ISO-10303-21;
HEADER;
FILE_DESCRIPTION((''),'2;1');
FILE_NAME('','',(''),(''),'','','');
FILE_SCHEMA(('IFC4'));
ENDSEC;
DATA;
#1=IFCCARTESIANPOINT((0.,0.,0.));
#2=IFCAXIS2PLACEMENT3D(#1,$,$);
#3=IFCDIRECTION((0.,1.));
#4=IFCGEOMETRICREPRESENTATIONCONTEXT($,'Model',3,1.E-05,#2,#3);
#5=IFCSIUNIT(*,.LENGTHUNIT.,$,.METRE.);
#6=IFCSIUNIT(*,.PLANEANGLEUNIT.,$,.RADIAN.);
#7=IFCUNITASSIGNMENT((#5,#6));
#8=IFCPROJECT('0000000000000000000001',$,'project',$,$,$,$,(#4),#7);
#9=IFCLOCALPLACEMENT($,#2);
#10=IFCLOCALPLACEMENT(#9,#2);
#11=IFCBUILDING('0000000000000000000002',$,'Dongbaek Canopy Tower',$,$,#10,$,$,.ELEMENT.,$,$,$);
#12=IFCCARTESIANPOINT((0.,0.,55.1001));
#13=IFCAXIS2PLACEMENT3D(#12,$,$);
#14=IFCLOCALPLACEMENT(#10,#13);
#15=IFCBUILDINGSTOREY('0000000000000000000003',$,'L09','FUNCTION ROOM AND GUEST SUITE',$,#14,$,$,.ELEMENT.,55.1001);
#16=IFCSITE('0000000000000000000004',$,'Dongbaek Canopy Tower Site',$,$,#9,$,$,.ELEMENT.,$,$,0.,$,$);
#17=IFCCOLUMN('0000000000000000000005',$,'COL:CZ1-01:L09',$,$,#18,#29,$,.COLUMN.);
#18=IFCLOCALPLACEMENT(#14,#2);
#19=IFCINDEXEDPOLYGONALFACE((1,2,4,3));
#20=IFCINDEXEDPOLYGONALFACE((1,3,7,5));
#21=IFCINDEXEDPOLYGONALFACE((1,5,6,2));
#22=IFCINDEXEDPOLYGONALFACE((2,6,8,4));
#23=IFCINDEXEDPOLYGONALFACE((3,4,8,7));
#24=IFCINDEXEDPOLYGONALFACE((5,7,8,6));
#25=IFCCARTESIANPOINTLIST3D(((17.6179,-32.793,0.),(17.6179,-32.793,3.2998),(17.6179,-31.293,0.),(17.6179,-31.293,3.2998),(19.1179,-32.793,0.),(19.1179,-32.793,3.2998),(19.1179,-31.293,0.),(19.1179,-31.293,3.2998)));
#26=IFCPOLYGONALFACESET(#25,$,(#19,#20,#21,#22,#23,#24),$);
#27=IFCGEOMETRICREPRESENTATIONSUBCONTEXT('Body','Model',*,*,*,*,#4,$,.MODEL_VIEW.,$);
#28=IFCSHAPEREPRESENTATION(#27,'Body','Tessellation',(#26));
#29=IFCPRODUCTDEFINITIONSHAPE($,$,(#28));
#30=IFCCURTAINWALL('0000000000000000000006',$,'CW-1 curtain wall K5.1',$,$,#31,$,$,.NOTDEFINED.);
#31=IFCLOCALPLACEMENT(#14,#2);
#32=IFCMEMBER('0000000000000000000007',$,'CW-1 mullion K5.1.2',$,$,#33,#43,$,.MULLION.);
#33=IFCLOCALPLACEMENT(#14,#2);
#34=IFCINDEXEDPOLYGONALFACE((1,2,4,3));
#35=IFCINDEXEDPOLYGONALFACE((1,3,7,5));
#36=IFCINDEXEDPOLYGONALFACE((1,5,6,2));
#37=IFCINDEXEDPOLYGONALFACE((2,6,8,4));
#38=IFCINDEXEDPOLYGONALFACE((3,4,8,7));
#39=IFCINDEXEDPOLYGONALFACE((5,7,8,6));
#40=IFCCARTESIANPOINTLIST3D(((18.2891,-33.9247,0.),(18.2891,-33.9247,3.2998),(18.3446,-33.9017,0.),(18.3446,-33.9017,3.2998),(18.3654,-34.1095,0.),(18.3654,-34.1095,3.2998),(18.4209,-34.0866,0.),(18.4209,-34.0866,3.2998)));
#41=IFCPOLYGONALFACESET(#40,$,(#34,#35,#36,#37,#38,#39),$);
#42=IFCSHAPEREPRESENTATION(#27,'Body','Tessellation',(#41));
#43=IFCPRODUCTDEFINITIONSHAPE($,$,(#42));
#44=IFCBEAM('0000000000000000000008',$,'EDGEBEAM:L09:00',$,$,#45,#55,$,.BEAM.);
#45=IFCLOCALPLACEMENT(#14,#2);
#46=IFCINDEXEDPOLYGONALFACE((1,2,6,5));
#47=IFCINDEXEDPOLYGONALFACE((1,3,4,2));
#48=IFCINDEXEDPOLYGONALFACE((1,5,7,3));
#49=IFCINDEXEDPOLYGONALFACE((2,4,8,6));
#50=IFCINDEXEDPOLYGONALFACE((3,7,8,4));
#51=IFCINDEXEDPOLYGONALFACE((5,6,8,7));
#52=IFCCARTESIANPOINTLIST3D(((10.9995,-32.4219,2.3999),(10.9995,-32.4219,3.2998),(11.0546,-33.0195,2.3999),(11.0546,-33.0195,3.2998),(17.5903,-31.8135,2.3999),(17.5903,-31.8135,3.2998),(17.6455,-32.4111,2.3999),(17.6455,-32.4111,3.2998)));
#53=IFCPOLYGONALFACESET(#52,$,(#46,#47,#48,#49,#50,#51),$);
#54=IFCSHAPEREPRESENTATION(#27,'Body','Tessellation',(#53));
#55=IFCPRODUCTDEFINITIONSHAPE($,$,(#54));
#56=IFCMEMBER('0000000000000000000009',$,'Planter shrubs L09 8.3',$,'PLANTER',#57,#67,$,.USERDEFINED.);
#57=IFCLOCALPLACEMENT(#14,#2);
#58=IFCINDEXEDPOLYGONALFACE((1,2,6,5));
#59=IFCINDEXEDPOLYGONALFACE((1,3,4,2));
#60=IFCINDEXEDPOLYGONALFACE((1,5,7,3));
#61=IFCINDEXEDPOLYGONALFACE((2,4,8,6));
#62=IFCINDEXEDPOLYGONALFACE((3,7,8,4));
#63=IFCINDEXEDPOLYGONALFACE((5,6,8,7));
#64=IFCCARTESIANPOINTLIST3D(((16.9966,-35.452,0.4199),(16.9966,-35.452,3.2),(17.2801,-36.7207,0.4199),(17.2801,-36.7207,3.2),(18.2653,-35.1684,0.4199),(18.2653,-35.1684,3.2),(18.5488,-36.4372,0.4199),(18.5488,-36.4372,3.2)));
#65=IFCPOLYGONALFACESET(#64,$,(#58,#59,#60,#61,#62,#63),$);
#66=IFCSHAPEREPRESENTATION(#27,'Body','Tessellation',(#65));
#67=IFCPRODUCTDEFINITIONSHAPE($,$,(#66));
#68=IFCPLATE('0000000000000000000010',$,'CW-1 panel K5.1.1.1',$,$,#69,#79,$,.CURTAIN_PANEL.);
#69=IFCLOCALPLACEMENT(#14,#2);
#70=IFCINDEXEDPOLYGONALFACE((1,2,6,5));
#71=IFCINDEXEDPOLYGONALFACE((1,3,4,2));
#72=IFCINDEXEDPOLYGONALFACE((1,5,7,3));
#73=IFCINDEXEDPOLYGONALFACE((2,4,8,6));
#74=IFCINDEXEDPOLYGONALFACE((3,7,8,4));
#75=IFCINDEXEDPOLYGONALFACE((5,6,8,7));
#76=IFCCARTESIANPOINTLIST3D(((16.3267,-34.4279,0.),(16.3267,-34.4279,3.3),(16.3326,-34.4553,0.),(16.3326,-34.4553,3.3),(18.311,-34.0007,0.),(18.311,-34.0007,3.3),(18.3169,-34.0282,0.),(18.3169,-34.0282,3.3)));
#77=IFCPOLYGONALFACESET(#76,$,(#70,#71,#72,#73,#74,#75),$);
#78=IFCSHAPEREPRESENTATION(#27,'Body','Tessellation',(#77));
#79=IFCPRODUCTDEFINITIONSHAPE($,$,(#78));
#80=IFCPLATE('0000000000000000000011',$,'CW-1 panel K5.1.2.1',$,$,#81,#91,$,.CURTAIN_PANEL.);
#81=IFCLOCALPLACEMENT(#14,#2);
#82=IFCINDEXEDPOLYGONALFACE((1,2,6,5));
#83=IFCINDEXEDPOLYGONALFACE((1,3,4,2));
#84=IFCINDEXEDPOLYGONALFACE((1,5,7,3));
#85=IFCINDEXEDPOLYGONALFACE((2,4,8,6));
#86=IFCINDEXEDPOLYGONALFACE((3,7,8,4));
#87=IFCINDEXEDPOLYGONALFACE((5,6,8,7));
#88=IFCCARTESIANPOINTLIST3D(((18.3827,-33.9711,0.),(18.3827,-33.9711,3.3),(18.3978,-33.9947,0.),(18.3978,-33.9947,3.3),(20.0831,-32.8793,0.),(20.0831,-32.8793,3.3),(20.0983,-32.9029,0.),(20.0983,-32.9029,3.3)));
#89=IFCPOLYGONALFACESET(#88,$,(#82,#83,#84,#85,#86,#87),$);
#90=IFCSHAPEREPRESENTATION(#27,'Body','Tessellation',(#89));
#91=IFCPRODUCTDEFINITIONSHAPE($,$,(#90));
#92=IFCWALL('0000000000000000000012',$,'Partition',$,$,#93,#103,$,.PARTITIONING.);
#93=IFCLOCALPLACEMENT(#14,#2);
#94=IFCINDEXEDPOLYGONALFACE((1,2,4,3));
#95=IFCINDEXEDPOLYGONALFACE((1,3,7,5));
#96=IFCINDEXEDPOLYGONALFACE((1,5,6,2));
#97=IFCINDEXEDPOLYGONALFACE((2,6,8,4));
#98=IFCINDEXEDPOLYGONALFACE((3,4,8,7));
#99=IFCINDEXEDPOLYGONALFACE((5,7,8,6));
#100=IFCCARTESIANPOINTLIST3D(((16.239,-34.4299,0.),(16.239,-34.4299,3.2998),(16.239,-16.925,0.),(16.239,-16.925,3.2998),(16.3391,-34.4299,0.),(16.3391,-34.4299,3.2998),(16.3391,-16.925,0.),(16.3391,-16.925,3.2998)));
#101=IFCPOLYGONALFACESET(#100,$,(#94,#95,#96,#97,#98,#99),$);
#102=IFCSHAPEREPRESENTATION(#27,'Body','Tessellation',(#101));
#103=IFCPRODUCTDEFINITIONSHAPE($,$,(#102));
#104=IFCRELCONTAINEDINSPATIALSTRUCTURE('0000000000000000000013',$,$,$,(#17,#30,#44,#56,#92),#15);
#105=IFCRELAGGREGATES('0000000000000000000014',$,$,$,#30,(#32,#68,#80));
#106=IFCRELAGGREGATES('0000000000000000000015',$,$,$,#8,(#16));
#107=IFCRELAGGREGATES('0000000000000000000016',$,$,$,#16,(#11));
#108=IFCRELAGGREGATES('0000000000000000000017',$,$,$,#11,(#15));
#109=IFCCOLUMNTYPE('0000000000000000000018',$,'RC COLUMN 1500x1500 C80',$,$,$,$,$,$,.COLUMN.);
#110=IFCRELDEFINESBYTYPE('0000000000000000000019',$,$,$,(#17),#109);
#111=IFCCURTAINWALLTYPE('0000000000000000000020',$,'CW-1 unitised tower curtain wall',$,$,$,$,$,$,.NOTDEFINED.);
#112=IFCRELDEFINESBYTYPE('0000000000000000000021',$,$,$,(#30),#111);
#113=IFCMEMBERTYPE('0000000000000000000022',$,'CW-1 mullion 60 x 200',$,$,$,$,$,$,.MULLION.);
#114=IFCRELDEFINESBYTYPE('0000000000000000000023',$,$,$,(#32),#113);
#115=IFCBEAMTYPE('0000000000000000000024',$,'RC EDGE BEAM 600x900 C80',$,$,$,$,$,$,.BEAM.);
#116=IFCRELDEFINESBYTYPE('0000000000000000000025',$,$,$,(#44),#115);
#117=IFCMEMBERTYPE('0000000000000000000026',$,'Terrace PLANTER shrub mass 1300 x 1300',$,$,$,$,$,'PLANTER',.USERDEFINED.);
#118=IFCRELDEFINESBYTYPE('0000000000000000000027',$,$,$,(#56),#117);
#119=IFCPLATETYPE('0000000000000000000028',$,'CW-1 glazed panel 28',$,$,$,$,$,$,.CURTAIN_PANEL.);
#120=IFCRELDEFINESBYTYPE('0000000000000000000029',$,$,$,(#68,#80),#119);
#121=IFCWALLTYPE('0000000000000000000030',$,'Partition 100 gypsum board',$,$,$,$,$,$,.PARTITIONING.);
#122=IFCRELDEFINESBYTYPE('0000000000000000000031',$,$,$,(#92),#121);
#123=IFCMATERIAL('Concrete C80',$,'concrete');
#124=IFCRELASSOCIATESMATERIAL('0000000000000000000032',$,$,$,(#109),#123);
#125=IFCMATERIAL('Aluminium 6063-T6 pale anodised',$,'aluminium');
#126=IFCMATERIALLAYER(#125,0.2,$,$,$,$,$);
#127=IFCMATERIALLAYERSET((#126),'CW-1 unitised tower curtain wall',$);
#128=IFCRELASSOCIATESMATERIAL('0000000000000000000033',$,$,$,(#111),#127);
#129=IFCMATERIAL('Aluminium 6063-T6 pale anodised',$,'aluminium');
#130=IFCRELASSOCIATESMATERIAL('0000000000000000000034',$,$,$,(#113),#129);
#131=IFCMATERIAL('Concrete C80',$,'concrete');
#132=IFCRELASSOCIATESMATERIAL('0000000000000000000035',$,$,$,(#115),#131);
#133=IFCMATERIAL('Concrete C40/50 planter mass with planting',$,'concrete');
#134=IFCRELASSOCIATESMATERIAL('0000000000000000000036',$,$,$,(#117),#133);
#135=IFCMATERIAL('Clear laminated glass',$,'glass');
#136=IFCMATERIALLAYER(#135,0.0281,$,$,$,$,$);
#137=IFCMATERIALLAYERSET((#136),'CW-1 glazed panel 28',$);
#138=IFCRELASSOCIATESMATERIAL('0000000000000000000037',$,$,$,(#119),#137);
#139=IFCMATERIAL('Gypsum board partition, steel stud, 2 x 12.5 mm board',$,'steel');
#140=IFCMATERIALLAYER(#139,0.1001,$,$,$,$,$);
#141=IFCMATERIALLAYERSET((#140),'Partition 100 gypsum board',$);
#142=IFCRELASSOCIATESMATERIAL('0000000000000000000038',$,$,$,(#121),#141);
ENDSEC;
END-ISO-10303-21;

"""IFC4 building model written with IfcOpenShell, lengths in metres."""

from ifc_helpers import new_model, si_unit, direction, frame, frame_2d, origin, origin_2d, place, context, subcontext, project, spatial, rectangle, extrude, material, layer, layer_set, material_profile, profile_set, type_object, element, aggregate, save


model = new_model("IFC4")

# Units and contexts
model_context = context("Model", 3, precision=1e-05, world=origin(), true_north=direction((0.0, 1.0)))
body_context = subcontext(model_context, "Body", "Model", "MODEL_VIEW")
ifc_project = project(units=[si_unit("LENGTHUNIT", "METRE"), si_unit("PLANEANGLEUNIT", "RADIAN")], contexts=[model_context])

# Site, building, storey
site_placement = place(None, origin())
site = spatial("IfcSite", under=ifc_project, at=site_placement, Name="Dongbaek Canopy Tower Site", CompositionType="ELEMENT", RefElevation=0.0)
building_placement = place(site_placement, origin())
building = spatial("IfcBuilding", under=site, at=building_placement, Name="Dongbaek Canopy Tower", CompositionType="ELEMENT")
storey_placement = place(building_placement, frame((0.0, 0.0, 55.1001)))
storey = spatial("IfcBuildingStorey", under=building, at=storey_placement, Name="L09", Description="FUNCTION ROOM AND GUEST SUITE", CompositionType="ELEMENT", Elevation=55.1001)

# Column
ifc_material_1 = material(Name="Concrete C80", Category="concrete")
ifc_material_profile_1 = material_profile(ifc_material_1, rectangle(XDim=1.5, YDim=1.5, at=origin_2d()), Name="RC COLUMN 1500x1500 C80")
ifc_profile_set_1 = profile_set([ifc_material_profile_1], Name="Concrete C80")
column_type = type_object("IfcColumnType", Name="RC COLUMN 1500x1500 C80", PredefinedType="COLUMN", material=ifc_profile_set_1)
column_placement = place(storey_placement, frame((18.3679, -32.043, 0.0), z_axis=(0.0, 0.0, 1.0), x_axis=(1.0, 0.0, 0.0)))
element("IfcColumn", 1, at=column_placement, inside=storey, type_object=column_type, Name="COL:CZ1-01:L09", PredefinedType="COLUMN", context=body_context, shape_type="SweptSolid", body=[
    extrude(rectangle(XDim=1.5, YDim=1.5, at=origin_2d()), origin(), (0.0, 0.0, 1.0), 3.2998),
])

# Curtain wall, member
ifc_material_2 = material(Name="Aluminium 6063-T6 pale anodised", Category="aluminium")
ifc_layer_1 = layer(ifc_material_2, 0.2)
ifc_layer_set_1 = layer_set([ifc_layer_1], Name="CW-1 unitised tower curtain wall")
curtain_wall_type = type_object("IfcCurtainWallType", Name="CW-1 unitised tower curtain wall", PredefinedType="NOTDEFINED", material=ifc_layer_set_1)
curtain_wall_placement = place(storey_placement, origin())
curtain_wall = element("IfcCurtainWall", 2, at=curtain_wall_placement, inside=storey, type_object=curtain_wall_type, Name="CW-1 curtain wall K5.1", PredefinedType="NOTDEFINED")
ifc_material_3 = material(Name="Aluminium 6063-T6 pale anodised", Category="aluminium")
ifc_material_profile_2 = material_profile(ifc_material_3, rectangle(XDim=0.2, YDim=0.0601, at=origin_2d()), Name="CW-1 mullion 60 x 200")
ifc_profile_set_2 = profile_set([ifc_material_profile_2], Name="Aluminium 6063-T6 pale anodised")
member_type_1 = type_object("IfcMemberType", Name="CW-1 mullion 60 x 200", PredefinedType="MULLION", material=ifc_profile_set_2)
member_1_placement = place(storey_placement, frame((18.355, -34.0056, 0.0), z_axis=(0.0, 0.0, 1.0), x_axis=(0.381473, -0.92438, 0.0)))
member_1 = element("IfcMember", 3, at=member_1_placement, type_object=member_type_1, Name="CW-1 mullion K5.1.2", PredefinedType="MULLION", context=body_context, shape_type="SweptSolid", body=[
    extrude(rectangle(XDim=0.2, YDim=0.0601, at=origin_2d()), origin(), (0.0, 0.0, 1.0), 3.2998),
])

# Beam
ifc_material_4 = material(Name="Concrete C80", Category="concrete")
ifc_material_profile_3 = material_profile(ifc_material_4, rectangle(XDim=0.6001, YDim=0.8999, at=origin_2d()), Name="RC EDGE BEAM 600x900 C80")
ifc_profile_set_3 = profile_set([ifc_material_profile_3], Name="Concrete C80")
beam_type = type_object("IfcBeamType", Name="RC EDGE BEAM 600x900 C80", PredefinedType="BEAM", material=ifc_profile_set_3)
beam_placement = place(storey_placement, frame((17.6179, -32.1123, 2.8499), z_axis=(-0.995766, -0.091919, 0.0), x_axis=(0.091919, -0.995766, 0.0)))
element("IfcBeam", 4, at=beam_placement, inside=storey, type_object=beam_type, Name="EDGEBEAM:L09:00", PredefinedType="BEAM", context=body_context, shape_type="SweptSolid", body=[
    extrude(rectangle(XDim=0.6001, YDim=0.8999, at=origin_2d()), origin(), (0.0, 0.0, 1.0), 6.6189),
])

# Member
ifc_material_5 = material(Name="Concrete C40/50 planter mass with planting", Category="concrete")
ifc_material_profile_4 = material_profile(ifc_material_5, rectangle(XDim=1.3, YDim=1.3, at=origin_2d()), Name="Terrace PLANTER shrub mass 1300 x 1300")
ifc_profile_set_4 = profile_set([ifc_material_profile_4], Name="Concrete C40/50 planter mass with planting")
member_type_2 = type_object("IfcMemberType", Name="Terrace PLANTER shrub mass 1300 x 1300", ElementType="PLANTER", PredefinedType="USERDEFINED", material=ifc_profile_set_4)
member_2_placement = place(storey_placement, frame((17.7727, -35.9446, 0.4199), z_axis=(0.0, 0.0, 1.0), x_axis=(0.218088, -0.975929, 0.0)))
element("IfcMember", 5, at=member_2_placement, inside=storey, type_object=member_type_2, Name="Planter shrubs L09 8.3", ObjectType="PLANTER", PredefinedType="USERDEFINED", context=body_context, shape_type="SweptSolid", body=[
    extrude(rectangle(XDim=1.3, YDim=1.3, at=origin_2d()), origin(), (0.0, 0.0, 1.0), 2.78),
])

# Plates
ifc_material_6 = material(Name="Clear laminated glass", Category="glass")
ifc_layer_2 = layer(ifc_material_6, 0.0281)
ifc_layer_set_2 = layer_set([ifc_layer_2], Name="CW-1 glazed panel 28")
plate_type = type_object("IfcPlateType", Name="CW-1 glazed panel 28", PredefinedType="CURTAIN_PANEL", material=ifc_layer_set_2)
plate_1_placement = place(storey_placement, frame((17.3218, -34.228, 0.0), z_axis=(0.0, 0.0, 1.0), x_axis=(0.977608, 0.210435, 0.0)))
plate_1 = element("IfcPlate", 6, at=plate_1_placement, type_object=plate_type, Name="CW-1 panel K5.1.1.1", PredefinedType="CURTAIN_PANEL", context=body_context, shape_type="SweptSolid", body=[
    extrude(rectangle(XDim=2.0298, YDim=0.0281, at=origin_2d()), origin(), (0.0, 0.0, 1.0), 3.3),
])
plate_2_placement = place(storey_placement, frame((19.2405, -33.437, 0.0), z_axis=(0.0, 0.0, 1.0), x_axis=(0.841492, 0.54027, 0.0)))
plate_2 = element("IfcPlate", 7, at=plate_2_placement, type_object=plate_type, Name="CW-1 panel K5.1.2.1", PredefinedType="CURTAIN_PANEL", context=body_context, shape_type="SweptSolid", body=[
    extrude(rectangle(XDim=2.0208, YDim=0.0281, at=origin_2d()), origin(), (0.0, 0.0, 1.0), 3.3),
])
aggregate(curtain_wall, [member_1, plate_1, plate_2])

# Wall
ifc_material_7 = material(Name="Gypsum board partition, steel stud, 2 x 12.5 mm board", Category="steel")
ifc_layer_3 = layer(ifc_material_7, 0.1001)
ifc_layer_set_3 = layer_set([ifc_layer_3], Name="Partition 100 gypsum board")
wall_type = type_object("IfcWallType", Name="Partition 100 gypsum board", PredefinedType="PARTITIONING", material=ifc_layer_set_3)
wall_placement = place(storey_placement, frame((16.2891, -34.4299, 0.0), z_axis=(0.0, 0.0, 1.0), x_axis=(0.0, 1.0, 0.0)))
element("IfcWall", 8, at=wall_placement, inside=storey, type_object=wall_type, Name="Partition", PredefinedType="PARTITIONING", context=body_context, shape_type="SweptSolid", body=[
    extrude(rectangle(XDim=17.5049, YDim=0.1001, at=frame_2d((8.7524, 0.0))), origin(), (0.0, 0.0, 1.0), 3.2998),
])

save(model, "model.ifc")
